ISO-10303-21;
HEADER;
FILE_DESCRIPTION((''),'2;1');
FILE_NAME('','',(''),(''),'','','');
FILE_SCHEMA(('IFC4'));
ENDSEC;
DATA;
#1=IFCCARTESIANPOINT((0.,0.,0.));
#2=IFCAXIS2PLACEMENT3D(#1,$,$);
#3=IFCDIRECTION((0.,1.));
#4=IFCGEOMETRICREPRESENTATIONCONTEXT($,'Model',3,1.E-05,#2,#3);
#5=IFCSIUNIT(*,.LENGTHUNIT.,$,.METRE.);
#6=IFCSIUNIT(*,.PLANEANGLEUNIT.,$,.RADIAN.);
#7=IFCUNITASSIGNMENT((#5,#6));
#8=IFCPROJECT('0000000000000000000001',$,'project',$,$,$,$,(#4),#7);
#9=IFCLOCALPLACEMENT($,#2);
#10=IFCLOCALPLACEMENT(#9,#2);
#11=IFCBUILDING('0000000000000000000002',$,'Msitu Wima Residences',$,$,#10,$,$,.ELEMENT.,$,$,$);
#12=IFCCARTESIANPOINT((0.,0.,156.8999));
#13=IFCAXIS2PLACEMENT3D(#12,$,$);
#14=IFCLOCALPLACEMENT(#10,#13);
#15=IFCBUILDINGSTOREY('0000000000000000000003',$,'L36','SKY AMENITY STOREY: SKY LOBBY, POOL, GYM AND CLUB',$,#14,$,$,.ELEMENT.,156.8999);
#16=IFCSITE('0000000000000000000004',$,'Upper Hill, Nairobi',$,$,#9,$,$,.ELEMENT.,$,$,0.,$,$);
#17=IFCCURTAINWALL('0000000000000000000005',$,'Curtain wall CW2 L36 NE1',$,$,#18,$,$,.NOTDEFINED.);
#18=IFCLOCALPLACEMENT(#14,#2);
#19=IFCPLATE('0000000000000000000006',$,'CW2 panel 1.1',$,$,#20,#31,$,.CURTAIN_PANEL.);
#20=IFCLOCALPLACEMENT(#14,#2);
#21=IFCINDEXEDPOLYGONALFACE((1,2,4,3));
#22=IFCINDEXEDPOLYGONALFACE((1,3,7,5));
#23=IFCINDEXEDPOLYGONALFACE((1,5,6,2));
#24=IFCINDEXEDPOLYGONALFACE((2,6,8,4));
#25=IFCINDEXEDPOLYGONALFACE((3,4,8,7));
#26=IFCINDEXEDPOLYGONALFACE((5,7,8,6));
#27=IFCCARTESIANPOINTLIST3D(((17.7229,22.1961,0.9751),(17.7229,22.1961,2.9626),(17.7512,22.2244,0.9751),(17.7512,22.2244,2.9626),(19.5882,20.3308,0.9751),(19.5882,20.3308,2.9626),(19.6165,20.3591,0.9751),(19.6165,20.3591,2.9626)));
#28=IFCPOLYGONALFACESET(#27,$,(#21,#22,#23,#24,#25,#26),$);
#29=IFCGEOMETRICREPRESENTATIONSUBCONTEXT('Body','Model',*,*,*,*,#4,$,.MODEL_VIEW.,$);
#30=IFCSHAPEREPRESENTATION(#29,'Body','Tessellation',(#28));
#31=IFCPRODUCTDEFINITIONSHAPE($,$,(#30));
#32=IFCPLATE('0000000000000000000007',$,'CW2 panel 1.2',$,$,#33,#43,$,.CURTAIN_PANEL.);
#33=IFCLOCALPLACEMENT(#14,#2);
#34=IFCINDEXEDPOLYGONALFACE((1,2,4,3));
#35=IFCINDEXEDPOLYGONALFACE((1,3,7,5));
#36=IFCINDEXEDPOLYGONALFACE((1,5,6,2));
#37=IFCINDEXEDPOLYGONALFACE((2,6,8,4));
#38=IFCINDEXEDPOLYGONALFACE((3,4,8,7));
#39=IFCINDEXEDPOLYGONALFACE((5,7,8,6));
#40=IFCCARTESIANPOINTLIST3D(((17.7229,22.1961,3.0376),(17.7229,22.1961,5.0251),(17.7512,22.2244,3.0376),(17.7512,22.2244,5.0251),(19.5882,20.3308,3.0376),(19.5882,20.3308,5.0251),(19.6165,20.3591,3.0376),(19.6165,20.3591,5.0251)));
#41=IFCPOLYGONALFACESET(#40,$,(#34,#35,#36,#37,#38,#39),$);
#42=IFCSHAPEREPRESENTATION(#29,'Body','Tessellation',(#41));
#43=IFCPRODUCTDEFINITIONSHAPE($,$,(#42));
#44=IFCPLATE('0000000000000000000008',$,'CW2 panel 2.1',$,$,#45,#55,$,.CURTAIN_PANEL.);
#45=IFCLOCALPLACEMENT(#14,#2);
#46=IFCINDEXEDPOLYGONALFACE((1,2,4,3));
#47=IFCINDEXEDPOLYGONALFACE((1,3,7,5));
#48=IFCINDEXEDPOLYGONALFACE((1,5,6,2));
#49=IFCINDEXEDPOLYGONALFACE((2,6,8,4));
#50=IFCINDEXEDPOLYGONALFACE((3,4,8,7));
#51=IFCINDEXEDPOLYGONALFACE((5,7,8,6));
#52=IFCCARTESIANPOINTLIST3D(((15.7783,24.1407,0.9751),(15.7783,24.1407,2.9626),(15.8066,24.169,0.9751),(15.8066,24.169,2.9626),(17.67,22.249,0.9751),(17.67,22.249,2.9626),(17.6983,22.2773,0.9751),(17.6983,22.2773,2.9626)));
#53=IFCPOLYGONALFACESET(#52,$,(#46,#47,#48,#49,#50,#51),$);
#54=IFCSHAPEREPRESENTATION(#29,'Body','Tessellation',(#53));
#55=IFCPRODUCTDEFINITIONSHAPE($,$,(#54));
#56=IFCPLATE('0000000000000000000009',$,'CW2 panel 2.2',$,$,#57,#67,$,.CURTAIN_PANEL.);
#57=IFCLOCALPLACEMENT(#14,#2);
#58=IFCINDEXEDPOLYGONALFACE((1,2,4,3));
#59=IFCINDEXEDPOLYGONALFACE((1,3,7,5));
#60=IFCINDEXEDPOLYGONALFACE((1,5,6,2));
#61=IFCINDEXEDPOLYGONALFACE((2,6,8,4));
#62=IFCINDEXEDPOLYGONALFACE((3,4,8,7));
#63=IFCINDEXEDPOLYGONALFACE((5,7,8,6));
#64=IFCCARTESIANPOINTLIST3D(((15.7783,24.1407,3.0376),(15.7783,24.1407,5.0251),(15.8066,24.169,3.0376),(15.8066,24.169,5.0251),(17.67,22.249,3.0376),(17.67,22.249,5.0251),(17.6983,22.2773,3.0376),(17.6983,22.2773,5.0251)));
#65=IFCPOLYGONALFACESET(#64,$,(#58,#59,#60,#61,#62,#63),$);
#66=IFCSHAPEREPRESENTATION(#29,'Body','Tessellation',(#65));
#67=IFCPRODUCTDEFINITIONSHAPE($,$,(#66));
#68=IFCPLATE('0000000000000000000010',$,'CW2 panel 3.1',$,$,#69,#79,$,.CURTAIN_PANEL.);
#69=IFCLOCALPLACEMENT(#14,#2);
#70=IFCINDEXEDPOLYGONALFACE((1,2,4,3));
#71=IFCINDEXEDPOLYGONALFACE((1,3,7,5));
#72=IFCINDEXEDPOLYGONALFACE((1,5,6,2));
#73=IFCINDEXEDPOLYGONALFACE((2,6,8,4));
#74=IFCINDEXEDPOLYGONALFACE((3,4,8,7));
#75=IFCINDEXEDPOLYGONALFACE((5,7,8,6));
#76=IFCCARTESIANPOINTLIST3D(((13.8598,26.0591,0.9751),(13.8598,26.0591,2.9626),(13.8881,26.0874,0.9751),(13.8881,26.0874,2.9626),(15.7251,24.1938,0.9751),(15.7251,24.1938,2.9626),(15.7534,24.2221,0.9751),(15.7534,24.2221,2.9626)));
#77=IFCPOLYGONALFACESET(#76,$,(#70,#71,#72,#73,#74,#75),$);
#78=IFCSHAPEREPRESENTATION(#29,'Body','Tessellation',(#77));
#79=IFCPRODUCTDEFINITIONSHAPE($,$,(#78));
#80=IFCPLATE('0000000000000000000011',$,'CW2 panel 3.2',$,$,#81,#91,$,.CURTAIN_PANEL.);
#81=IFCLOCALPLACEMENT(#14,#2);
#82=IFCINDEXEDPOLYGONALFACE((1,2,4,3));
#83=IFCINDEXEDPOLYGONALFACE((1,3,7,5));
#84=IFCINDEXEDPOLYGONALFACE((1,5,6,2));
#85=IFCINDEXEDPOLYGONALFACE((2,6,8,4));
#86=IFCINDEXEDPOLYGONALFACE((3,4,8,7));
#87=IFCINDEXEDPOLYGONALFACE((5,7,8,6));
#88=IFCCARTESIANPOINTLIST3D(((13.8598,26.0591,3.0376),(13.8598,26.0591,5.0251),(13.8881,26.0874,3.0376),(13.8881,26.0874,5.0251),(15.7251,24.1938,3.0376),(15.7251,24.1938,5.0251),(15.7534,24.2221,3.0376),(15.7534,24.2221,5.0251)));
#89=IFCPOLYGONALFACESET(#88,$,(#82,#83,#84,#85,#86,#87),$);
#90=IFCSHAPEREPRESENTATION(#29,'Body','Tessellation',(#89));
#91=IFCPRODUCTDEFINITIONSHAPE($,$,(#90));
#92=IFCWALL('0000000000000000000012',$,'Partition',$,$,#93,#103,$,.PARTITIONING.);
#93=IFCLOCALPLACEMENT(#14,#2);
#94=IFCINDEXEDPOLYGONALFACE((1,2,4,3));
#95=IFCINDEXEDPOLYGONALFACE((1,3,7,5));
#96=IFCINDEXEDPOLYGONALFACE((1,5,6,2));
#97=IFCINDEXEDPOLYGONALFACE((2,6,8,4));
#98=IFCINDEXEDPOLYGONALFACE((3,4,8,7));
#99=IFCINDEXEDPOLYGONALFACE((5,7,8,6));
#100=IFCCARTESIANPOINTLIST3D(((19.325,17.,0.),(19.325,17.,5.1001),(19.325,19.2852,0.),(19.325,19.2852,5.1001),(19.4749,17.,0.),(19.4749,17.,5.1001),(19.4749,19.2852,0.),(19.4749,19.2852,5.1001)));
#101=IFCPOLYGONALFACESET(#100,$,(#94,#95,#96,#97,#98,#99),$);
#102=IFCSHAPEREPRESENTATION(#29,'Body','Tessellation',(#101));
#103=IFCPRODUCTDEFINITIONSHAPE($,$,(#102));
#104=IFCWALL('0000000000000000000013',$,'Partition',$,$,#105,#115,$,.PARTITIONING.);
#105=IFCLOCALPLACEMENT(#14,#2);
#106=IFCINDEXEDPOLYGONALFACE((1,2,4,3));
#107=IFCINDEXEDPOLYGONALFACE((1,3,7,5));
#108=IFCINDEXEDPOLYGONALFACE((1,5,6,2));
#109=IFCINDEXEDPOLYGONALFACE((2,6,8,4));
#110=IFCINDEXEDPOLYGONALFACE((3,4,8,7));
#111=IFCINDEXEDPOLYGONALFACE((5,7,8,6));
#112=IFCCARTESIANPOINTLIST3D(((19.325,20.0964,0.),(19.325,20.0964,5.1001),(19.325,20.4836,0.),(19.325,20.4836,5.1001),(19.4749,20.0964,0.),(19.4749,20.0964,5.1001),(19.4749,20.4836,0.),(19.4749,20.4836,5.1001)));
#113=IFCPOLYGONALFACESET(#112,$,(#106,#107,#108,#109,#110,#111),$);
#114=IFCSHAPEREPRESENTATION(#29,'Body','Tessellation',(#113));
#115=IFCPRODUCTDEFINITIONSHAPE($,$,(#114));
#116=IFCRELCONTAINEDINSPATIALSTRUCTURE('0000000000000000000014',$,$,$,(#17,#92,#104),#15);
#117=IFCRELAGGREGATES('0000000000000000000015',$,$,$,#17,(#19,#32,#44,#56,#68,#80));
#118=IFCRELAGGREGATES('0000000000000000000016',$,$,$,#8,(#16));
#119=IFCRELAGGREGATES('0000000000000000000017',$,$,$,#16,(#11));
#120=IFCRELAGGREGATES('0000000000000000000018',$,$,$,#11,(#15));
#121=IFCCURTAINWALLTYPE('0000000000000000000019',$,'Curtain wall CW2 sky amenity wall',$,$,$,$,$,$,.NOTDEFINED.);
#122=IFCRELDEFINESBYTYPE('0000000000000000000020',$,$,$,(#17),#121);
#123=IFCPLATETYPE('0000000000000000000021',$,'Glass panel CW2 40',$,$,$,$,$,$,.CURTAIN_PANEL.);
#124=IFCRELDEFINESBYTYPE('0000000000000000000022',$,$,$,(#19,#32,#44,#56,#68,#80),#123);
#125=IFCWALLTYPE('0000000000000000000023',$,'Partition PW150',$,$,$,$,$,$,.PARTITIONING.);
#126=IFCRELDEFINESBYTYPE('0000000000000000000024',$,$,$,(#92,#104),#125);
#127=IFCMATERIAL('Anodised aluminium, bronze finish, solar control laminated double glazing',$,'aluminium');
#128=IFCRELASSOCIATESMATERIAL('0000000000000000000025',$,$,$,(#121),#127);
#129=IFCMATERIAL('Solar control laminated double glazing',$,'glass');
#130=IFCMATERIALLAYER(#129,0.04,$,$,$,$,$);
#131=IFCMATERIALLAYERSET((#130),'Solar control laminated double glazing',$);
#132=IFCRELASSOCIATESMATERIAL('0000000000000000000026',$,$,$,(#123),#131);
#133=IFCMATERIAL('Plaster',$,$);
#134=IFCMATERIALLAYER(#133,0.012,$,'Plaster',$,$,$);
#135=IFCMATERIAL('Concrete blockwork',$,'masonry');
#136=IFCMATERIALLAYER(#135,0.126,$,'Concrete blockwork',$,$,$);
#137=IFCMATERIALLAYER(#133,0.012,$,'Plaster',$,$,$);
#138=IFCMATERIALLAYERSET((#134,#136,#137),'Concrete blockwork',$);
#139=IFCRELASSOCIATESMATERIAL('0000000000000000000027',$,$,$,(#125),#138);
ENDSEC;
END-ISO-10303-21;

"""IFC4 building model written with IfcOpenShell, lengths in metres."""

from ifc_helpers import new_model, si_unit, direction, frame, frame_2d, origin, origin_2d, place, context, subcontext, project, spatial, rectangle, extrude, material, layer, layer_set, type_object, element, aggregate, save


model = new_model("IFC4")

# Units and contexts
model_context = context("Model", 3, precision=1e-05, world=origin(), true_north=direction((0.0, 1.0)))
body_context = subcontext(model_context, "Body", "Model", "MODEL_VIEW")
ifc_project = project(units=[si_unit("LENGTHUNIT", "METRE"), si_unit("PLANEANGLEUNIT", "RADIAN")], contexts=[model_context])

# Site, building, storey
site_placement = place(None, origin())
site = spatial("IfcSite", under=ifc_project, at=site_placement, Name="Upper Hill, Nairobi", CompositionType="ELEMENT", RefElevation=0.0)
building_placement = place(site_placement, origin())
building = spatial("IfcBuilding", under=site, at=building_placement, Name="Msitu Wima Residences", CompositionType="ELEMENT")
storey_placement = place(building_placement, frame((0.0, 0.0, 156.8999)))
storey = spatial("IfcBuildingStorey", under=building, at=storey_placement, Name="L36", Description="SKY AMENITY STOREY: SKY LOBBY, POOL, GYM AND CLUB", CompositionType="ELEMENT", Elevation=156.8999)

# Curtain wall
ifc_material_1 = material(Name="Anodised aluminium, bronze finish, solar control laminated double glazing", Category="aluminium")
curtain_wall_type = type_object("IfcCurtainWallType", Name="Curtain wall CW2 sky amenity wall", PredefinedType="NOTDEFINED", material=ifc_material_1)
curtain_wall_1_placement = place(storey_placement, origin())
curtain_wall_1 = element("IfcCurtainWall", 1, at=curtain_wall_1_placement, inside=storey, type_object=curtain_wall_type, Name="Curtain wall CW2 L36 NE1", PredefinedType="NOTDEFINED")

# Plates
ifc_material_2 = material(Name="Solar control laminated double glazing", Category="glass")
ifc_layer_1 = layer(ifc_material_2, 0.04)
ifc_layer_set_1 = layer_set([ifc_layer_1], Name="Solar control laminated double glazing")
plate_type = type_object("IfcPlateType", Name="Glass panel CW2 40", PredefinedType="CURTAIN_PANEL", material=ifc_layer_set_1)
plate_1_placement = place(storey_placement, frame((18.6697, 21.2776, 0.9751), z_axis=(0.0, 0.0, 1.0), x_axis=(-0.707107, 0.707107, 0.0)))
plate_1 = element("IfcPlate", 2, at=plate_1_placement, type_object=plate_type, Name="CW2 panel 1.1", PredefinedType="CURTAIN_PANEL", context=body_context, shape_type="SweptSolid", body=[
    extrude(rectangle(XDim=2.6379, YDim=0.04, at=origin_2d()), origin(), (0.0, 0.0, 1.0), 1.9875),
])
plate_2_placement = place(storey_placement, frame((18.6697, 21.2776, 3.0376), z_axis=(0.0, 0.0, 1.0), x_axis=(-0.707107, 0.707107, 0.0)))
plate_2 = element("IfcPlate", 3, at=plate_2_placement, type_object=plate_type, Name="CW2 panel 1.2", PredefinedType="CURTAIN_PANEL", context=body_context, shape_type="SweptSolid", body=[
    extrude(rectangle(XDim=2.6379, YDim=0.04, at=origin_2d()), origin(), (0.0, 0.0, 1.0), 1.9875),
])
plate_3_placement = place(storey_placement, frame((16.7383, 23.209, 0.9751), z_axis=(0.0, 0.0, 1.0), x_axis=(-0.707107, 0.707107, 0.0)))
plate_3 = element("IfcPlate", 4, at=plate_3_placement, type_object=plate_type, Name="CW2 panel 2.1", PredefinedType="CURTAIN_PANEL", context=body_context, shape_type="SweptSolid", body=[
    extrude(rectangle(XDim=2.6753, YDim=0.04, at=origin_2d()), origin(), (0.0, 0.0, 1.0), 1.9875),
])
plate_4_placement = place(storey_placement, frame((16.7383, 23.209, 3.0376), z_axis=(0.0, 0.0, 1.0), x_axis=(-0.707107, 0.707107, 0.0)))
plate_4 = element("IfcPlate", 5, at=plate_4_placement, type_object=plate_type, Name="CW2 panel 2.2", PredefinedType="CURTAIN_PANEL", context=body_context, shape_type="SweptSolid", body=[
    extrude(rectangle(XDim=2.6753, YDim=0.04, at=origin_2d()), origin(), (0.0, 0.0, 1.0), 1.9875),
])
plate_5_placement = place(storey_placement, frame((14.8066, 25.1406, 0.9751), z_axis=(0.0, 0.0, 1.0), x_axis=(-0.707107, 0.707107, 0.0)))
plate_5 = element("IfcPlate", 6, at=plate_5_placement, type_object=plate_type, Name="CW2 panel 3.1", PredefinedType="CURTAIN_PANEL", context=body_context, shape_type="SweptSolid", body=[
    extrude(rectangle(XDim=2.6379, YDim=0.04, at=origin_2d()), origin(), (0.0, 0.0, 1.0), 1.9875),
])
plate_6_placement = place(storey_placement, frame((14.8066, 25.1406, 3.0376), z_axis=(0.0, 0.0, 1.0), x_axis=(-0.707107, 0.707107, 0.0)))
plate_6 = element("IfcPlate", 7, at=plate_6_placement, type_object=plate_type, Name="CW2 panel 3.2", PredefinedType="CURTAIN_PANEL", context=body_context, shape_type="SweptSolid", body=[
    extrude(rectangle(XDim=2.6379, YDim=0.04, at=origin_2d()), origin(), (0.0, 0.0, 1.0), 1.9875),
])
aggregate(curtain_wall_1, [plate_1, plate_2, plate_3, plate_4, plate_5, plate_6])

# Walls
ifc_material_3 = material(Name="Plaster")
ifc_layer_2 = layer(ifc_material_3, 0.012, Name="Plaster")
ifc_material_4 = material(Name="Concrete blockwork", Category="masonry")
ifc_layer_3 = layer(ifc_material_4, 0.126, Name="Concrete blockwork")
ifc_layer_4 = layer(ifc_material_3, 0.012, Name="Plaster")
ifc_layer_set_2 = layer_set([ifc_layer_2, ifc_layer_3, ifc_layer_4], Name="Concrete blockwork")
wall_type = type_object("IfcWallType", Name="Partition PW150", PredefinedType="PARTITIONING", material=ifc_layer_set_2)
wall_1_placement = place(storey_placement, frame((19.3999, 17.0, 0.0), z_axis=(0.0, 0.0, 1.0), x_axis=(0.0, 1.0, 0.0)))
element("IfcWall", 8, at=wall_1_placement, inside=storey, type_object=wall_type, Name="Partition", PredefinedType="PARTITIONING", context=body_context, shape_type="SweptSolid", body=[
    extrude(rectangle(XDim=2.2852, YDim=0.1499, at=frame_2d((1.1426, 0.0))), origin(), (0.0, 0.0, 1.0), 5.1001),
])
wall_2_placement = place(storey_placement, frame((19.3999, 20.0964, 0.0), z_axis=(0.0, 0.0, 1.0), x_axis=(0.0, 1.0, 0.0)))
element("IfcWall", 9, at=wall_2_placement, inside=storey, type_object=wall_type, Name="Partition", PredefinedType="PARTITIONING", context=body_context, shape_type="SweptSolid", body=[
    extrude(rectangle(XDim=0.3872, YDim=0.1499, at=frame_2d((0.1936, 0.0))), origin(), (0.0, 0.0, 1.0), 5.1001),
])

save(model, "model.ifc")
